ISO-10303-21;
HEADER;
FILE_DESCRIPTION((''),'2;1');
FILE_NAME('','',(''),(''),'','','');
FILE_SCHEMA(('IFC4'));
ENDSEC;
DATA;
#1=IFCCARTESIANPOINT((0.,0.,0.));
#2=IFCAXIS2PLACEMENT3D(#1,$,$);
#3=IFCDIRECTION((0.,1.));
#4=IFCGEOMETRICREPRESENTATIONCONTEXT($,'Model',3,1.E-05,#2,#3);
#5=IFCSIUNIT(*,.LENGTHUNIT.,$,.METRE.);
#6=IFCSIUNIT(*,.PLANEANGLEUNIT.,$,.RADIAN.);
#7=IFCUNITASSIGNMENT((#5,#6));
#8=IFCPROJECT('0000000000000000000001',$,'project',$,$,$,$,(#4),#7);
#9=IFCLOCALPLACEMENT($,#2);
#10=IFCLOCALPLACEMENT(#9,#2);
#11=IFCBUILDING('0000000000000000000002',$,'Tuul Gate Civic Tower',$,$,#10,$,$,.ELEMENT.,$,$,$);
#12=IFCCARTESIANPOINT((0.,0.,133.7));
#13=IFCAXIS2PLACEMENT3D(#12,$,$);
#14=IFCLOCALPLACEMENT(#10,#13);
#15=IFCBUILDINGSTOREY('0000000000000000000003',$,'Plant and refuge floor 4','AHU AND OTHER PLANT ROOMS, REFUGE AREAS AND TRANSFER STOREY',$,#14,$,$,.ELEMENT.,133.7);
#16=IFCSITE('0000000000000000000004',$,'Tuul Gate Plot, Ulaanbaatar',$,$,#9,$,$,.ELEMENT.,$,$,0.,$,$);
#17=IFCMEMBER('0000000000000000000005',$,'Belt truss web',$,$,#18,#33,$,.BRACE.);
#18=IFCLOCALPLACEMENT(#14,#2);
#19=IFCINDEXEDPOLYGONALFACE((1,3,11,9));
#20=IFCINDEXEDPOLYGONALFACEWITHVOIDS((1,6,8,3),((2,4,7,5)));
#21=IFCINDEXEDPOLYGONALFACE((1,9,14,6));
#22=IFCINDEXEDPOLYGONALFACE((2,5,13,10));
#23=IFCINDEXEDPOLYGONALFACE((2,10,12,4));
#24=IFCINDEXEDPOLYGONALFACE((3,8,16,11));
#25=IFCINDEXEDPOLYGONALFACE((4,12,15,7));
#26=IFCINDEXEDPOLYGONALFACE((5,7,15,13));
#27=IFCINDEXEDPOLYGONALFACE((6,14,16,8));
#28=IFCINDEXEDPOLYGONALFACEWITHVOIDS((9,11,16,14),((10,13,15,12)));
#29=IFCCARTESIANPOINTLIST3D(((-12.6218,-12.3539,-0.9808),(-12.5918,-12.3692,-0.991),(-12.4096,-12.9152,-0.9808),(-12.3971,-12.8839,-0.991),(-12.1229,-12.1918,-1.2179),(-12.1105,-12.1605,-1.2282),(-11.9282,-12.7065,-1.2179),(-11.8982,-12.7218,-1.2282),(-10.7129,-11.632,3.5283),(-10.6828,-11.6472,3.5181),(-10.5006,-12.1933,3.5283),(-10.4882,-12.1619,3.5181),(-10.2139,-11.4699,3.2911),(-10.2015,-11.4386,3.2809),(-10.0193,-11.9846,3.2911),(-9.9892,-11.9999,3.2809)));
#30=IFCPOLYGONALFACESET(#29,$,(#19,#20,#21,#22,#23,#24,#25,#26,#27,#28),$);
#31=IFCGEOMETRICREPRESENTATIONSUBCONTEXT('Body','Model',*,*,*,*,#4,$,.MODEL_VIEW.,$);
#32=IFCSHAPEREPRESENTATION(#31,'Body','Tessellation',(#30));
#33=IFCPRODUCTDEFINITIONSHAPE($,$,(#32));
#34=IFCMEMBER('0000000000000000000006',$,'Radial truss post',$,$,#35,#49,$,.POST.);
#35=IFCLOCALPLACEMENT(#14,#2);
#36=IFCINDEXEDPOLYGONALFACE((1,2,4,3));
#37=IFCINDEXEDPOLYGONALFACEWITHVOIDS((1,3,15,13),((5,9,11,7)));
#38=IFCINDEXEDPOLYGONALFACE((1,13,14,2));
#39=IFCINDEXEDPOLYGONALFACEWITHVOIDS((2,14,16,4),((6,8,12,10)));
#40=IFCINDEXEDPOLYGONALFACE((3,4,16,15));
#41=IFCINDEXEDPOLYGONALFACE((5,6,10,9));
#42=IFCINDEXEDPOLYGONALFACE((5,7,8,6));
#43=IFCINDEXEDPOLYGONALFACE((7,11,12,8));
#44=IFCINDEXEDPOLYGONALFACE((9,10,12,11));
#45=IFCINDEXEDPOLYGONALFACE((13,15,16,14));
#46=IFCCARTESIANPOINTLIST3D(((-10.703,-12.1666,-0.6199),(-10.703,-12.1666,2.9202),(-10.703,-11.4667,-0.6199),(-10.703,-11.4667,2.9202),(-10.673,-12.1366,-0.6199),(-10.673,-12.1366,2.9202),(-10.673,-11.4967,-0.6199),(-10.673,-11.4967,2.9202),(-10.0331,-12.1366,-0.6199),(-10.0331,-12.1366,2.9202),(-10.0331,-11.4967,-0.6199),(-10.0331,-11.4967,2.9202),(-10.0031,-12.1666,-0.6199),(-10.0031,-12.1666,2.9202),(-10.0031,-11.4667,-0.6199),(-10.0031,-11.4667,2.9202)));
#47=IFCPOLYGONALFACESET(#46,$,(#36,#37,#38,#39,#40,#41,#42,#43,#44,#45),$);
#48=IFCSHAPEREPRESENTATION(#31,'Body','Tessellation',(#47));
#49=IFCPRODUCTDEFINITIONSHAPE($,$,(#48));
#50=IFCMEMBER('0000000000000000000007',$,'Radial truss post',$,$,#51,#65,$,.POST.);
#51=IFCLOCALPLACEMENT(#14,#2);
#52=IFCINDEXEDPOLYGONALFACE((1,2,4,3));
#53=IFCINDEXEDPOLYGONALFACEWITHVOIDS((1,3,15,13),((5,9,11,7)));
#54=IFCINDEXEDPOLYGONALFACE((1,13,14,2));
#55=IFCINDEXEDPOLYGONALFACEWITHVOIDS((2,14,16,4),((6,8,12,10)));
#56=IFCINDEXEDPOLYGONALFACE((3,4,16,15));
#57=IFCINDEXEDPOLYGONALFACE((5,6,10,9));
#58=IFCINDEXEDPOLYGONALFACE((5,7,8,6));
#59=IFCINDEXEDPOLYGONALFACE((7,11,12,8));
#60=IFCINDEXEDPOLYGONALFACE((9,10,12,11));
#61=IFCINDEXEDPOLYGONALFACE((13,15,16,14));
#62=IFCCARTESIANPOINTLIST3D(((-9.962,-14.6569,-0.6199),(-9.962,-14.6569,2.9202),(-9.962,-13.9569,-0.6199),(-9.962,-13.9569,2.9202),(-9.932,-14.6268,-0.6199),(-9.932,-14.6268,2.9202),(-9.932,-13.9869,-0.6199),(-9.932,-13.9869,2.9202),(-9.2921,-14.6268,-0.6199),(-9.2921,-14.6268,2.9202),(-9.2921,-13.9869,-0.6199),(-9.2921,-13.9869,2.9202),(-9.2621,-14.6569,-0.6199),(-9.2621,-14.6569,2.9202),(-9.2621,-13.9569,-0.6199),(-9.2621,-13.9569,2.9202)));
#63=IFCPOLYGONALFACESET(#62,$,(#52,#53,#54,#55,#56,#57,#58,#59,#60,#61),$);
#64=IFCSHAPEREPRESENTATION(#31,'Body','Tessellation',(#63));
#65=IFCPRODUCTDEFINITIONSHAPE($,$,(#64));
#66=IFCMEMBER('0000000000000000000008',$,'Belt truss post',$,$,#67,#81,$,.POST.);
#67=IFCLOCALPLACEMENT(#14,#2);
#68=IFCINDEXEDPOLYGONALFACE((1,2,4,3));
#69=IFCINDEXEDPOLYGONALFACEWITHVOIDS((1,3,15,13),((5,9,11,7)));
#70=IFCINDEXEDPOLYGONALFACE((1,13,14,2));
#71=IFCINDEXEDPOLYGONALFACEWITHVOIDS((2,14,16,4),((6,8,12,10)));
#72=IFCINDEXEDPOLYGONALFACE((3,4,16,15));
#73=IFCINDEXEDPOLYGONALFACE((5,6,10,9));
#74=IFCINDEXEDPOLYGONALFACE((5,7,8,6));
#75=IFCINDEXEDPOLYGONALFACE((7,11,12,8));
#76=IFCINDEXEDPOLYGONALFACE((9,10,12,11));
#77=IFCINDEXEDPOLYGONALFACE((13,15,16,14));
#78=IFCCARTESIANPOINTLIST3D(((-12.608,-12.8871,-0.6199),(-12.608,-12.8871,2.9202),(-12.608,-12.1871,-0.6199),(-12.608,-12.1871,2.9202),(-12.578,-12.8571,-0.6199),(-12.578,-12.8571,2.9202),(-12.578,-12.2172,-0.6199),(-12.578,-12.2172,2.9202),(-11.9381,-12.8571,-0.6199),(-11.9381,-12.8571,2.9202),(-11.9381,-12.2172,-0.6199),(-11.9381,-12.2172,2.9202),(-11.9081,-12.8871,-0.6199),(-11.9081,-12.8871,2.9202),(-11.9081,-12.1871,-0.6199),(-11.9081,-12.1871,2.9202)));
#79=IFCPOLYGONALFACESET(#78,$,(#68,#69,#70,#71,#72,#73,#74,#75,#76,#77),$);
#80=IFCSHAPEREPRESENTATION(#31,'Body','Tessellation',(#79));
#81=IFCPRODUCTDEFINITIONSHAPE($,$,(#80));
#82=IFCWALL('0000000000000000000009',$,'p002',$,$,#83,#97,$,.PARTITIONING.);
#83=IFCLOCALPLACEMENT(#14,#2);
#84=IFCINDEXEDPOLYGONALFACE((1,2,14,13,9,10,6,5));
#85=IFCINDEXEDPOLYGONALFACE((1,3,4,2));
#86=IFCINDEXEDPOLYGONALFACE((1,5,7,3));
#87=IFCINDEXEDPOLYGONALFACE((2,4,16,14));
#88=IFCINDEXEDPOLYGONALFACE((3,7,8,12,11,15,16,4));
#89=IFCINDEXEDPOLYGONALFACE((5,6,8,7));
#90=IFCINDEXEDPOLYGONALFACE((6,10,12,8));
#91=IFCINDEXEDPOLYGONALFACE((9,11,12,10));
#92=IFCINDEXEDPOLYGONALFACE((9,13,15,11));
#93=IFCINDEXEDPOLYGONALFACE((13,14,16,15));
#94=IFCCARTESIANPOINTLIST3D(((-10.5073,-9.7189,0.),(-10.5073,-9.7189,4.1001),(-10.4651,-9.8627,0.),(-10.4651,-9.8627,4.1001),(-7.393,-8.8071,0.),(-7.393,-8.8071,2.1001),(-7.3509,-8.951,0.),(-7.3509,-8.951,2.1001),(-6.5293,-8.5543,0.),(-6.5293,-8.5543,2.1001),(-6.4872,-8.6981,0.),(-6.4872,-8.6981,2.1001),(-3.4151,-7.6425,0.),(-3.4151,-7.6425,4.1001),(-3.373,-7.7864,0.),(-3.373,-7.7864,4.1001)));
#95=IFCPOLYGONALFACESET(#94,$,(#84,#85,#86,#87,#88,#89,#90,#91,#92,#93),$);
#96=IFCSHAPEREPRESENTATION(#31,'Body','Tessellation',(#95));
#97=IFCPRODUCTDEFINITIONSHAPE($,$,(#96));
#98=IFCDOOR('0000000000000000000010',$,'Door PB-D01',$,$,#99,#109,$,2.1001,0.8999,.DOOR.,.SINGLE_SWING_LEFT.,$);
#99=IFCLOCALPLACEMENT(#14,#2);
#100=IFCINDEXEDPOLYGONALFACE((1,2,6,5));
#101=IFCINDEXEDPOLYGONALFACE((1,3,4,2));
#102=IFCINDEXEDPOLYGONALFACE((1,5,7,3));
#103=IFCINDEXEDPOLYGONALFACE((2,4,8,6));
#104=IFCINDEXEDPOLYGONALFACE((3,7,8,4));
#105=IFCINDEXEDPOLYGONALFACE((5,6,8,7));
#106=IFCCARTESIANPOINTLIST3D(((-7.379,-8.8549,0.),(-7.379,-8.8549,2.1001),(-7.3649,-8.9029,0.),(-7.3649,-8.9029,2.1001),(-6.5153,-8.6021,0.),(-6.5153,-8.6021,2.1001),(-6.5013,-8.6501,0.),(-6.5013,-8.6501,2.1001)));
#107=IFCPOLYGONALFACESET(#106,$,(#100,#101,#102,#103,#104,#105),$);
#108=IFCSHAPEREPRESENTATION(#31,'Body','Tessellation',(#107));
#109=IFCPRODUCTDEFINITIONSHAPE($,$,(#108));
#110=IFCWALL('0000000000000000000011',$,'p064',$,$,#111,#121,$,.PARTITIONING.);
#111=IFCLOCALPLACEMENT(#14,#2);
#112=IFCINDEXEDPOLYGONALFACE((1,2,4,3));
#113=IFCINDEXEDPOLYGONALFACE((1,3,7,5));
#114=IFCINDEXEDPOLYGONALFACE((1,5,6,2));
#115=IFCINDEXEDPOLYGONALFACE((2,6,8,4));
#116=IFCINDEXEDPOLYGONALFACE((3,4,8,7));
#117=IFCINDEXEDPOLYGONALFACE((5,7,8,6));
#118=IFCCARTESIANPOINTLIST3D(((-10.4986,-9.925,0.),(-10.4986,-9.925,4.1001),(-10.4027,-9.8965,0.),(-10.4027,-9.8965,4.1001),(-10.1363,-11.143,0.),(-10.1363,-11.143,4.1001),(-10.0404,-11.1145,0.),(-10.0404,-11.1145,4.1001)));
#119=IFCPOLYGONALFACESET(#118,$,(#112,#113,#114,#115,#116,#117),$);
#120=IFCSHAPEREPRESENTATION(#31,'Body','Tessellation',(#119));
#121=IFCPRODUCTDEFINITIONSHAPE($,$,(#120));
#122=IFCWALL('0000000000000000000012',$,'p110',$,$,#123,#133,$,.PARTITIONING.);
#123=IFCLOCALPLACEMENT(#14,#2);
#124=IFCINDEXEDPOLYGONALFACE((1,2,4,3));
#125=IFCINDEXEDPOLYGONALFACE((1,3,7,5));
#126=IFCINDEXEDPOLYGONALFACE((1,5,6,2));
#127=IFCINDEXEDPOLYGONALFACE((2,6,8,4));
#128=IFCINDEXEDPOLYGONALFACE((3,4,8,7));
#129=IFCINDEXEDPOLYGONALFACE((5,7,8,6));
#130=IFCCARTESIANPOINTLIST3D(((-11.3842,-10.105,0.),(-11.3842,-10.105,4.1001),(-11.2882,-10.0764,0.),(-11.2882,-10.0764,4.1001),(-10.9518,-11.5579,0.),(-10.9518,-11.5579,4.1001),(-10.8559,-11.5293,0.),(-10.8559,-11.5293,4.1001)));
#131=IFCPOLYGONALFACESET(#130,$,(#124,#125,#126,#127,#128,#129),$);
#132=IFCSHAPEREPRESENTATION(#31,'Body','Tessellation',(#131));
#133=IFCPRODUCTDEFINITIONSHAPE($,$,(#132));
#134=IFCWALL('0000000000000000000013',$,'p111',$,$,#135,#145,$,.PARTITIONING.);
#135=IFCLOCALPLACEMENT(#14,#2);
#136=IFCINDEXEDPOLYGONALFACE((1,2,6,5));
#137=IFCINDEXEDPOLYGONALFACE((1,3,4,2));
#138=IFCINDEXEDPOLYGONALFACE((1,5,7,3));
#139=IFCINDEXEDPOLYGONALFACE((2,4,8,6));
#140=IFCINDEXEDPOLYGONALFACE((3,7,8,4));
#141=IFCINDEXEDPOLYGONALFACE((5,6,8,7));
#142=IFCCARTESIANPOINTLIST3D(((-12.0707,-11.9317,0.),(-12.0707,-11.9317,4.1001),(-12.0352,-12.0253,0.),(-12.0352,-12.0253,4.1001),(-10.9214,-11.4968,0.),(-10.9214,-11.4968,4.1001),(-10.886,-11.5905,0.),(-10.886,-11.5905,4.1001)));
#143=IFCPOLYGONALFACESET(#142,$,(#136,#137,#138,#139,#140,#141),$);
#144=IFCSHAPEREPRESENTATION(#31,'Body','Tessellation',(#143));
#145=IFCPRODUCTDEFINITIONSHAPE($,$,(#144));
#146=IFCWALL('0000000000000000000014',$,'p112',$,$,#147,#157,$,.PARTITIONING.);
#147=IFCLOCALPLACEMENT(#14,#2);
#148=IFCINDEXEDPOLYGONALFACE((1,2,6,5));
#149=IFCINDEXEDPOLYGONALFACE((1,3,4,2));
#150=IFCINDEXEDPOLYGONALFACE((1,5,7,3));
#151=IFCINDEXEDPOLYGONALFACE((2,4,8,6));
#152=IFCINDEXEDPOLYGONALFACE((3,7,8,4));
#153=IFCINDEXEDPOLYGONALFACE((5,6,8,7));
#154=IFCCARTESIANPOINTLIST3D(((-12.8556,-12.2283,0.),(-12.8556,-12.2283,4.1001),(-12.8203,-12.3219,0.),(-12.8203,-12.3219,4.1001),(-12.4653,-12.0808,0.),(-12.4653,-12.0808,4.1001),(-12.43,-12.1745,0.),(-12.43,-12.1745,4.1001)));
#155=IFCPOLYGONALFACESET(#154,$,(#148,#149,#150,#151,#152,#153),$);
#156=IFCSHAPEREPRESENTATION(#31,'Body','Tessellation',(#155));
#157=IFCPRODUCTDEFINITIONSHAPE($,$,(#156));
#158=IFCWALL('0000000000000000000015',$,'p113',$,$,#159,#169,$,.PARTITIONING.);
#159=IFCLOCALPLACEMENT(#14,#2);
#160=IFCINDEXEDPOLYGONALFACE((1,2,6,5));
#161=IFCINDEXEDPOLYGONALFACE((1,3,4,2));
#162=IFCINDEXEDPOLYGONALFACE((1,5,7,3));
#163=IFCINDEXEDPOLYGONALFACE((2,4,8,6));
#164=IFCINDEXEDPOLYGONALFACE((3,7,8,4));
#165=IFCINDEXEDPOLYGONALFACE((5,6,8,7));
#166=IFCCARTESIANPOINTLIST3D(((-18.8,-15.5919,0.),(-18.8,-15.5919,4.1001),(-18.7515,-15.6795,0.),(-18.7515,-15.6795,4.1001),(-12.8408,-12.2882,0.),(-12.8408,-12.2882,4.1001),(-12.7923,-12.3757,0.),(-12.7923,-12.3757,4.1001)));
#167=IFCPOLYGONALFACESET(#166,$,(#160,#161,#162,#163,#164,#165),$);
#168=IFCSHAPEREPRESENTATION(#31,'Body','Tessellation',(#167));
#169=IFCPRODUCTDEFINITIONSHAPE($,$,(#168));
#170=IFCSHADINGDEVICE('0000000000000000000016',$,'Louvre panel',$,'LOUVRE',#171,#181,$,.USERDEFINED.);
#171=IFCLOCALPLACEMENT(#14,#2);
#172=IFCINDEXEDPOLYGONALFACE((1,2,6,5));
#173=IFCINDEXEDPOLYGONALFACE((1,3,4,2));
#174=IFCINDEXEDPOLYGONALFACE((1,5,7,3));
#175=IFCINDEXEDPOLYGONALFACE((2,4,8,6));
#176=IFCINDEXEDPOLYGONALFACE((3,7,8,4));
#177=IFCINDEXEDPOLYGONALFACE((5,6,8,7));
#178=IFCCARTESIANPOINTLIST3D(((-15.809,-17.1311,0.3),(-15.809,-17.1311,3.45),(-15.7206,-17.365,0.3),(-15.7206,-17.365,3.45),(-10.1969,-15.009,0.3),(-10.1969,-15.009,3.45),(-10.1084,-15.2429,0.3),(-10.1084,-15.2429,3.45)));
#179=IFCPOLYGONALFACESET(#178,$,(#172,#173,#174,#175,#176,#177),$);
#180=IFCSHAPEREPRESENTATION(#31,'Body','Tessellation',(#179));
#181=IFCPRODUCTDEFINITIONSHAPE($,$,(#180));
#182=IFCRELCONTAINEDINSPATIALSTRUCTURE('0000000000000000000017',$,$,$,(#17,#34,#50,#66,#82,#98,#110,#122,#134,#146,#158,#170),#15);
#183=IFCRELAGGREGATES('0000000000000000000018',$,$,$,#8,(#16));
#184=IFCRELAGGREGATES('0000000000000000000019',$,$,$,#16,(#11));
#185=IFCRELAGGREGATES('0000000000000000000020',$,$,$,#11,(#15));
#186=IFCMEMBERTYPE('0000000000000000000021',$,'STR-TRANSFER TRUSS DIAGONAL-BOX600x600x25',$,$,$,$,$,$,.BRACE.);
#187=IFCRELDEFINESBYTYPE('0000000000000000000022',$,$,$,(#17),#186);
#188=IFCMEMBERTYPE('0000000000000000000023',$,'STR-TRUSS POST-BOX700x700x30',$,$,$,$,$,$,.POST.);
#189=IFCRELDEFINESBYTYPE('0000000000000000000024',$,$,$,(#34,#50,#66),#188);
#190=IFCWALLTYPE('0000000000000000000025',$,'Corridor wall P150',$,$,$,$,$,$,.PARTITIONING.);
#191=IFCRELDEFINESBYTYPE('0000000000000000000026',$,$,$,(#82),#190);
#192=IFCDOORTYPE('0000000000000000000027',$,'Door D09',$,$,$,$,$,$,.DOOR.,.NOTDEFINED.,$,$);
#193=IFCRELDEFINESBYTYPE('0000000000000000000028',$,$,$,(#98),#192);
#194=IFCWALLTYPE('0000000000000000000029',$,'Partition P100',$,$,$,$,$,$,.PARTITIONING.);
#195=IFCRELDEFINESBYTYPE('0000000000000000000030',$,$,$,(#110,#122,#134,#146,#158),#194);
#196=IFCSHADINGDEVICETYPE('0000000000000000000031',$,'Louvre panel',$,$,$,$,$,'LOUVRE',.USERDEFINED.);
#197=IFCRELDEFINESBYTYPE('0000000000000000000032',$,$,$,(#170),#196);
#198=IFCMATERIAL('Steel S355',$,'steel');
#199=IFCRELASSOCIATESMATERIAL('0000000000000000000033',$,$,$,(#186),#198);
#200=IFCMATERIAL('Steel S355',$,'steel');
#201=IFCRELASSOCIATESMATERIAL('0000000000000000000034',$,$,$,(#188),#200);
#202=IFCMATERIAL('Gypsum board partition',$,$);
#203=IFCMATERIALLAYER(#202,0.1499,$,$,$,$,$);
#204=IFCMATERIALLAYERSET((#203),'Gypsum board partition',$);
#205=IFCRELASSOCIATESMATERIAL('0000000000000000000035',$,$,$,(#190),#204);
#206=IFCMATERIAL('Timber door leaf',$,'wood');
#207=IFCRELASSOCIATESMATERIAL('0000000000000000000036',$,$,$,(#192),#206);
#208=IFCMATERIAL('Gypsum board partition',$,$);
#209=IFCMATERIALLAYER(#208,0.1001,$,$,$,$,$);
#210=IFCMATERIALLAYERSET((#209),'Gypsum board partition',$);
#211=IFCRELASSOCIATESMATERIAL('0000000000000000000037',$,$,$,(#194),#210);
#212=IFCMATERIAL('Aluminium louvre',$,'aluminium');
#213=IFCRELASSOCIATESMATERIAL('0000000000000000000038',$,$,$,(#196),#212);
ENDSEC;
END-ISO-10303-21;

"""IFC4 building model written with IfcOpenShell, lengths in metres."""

from ifc_helpers import new_model, si_unit, direction, frame, frame_2d, origin, origin_2d, place, context, subcontext, project, spatial, rectangle, hollow_rectangle, extrude, material, layer, layer_set, material_profile, profile_set, type_object, element, fill, save


model = new_model("IFC4")

# Units and contexts
model_context = context("Model", 3, precision=1e-05, world=origin(), true_north=direction((0.0, 1.0)))
body_context = subcontext(model_context, "Body", "Model", "MODEL_VIEW")
ifc_project = project(units=[si_unit("LENGTHUNIT", "METRE"), si_unit("PLANEANGLEUNIT", "RADIAN")], contexts=[model_context])

# Site, building, storey
site_placement = place(None, origin())
site = spatial("IfcSite", under=ifc_project, at=site_placement, Name="Tuul Gate Plot, Ulaanbaatar", CompositionType="ELEMENT", RefElevation=0.0)
building_placement = place(site_placement, origin())
building = spatial("IfcBuilding", under=site, at=building_placement, Name="Tuul Gate Civic Tower", CompositionType="ELEMENT")
storey_placement = place(building_placement, frame((0.0, 0.0, 133.7)))
storey = spatial("IfcBuildingStorey", under=building, at=storey_placement, Name="Plant and refuge floor 4", Description="AHU AND OTHER PLANT ROOMS, REFUGE AREAS AND TRANSFER STOREY", CompositionType="ELEMENT", Elevation=133.7)

# Members
ifc_material_1 = material(Name="Steel S355", Category="steel")
ifc_material_profile_1 = material_profile(ifc_material_1, hollow_rectangle(XDim=0.6001, YDim=0.6001, WallThickness=0.0249, at=origin_2d()), Name="BOX600x600x25")
ifc_profile_set_1 = profile_set([ifc_material_profile_1], Name="Steel S355")
member_type_1 = type_object("IfcMemberType", Name="STR-TRANSFER TRUSS DIAGONAL-BOX600x600x25", PredefinedType="BRACE", material=ifc_profile_set_1)
member_1_placement = place(storey_placement, frame((-12.26, -12.5378, -1.1045), z_axis=(0.38569, 0.145861, 0.911026), x_axis=(-0.353731, 0.935347, 0.0)))
element("IfcMember", 1, at=member_1_placement, inside=storey, type_object=member_type_1, Name="Belt truss web", PredefinedType="BRACE", context=body_context, shape_type="SweptSolid", body=[
    extrude(hollow_rectangle(XDim=0.6001, YDim=0.6001, WallThickness=0.0249, at=origin_2d()), origin(), (0.0, 0.0, 1.0), 4.9495),
])
ifc_material_2 = material(Name="Steel S355", Category="steel")
ifc_material_profile_2 = material_profile(ifc_material_2, hollow_rectangle(XDim=0.7, YDim=0.7, WallThickness=0.03, at=origin_2d()), Name="BOX700x700x30")
ifc_profile_set_2 = profile_set([ifc_material_profile_2], Name="Steel S355")
member_type_2 = type_object("IfcMemberType", Name="STR-TRUSS POST-BOX700x700x30", PredefinedType="POST", material=ifc_profile_set_2)
for number, where, z_axis, x_axis, name in (
    (2, (-10.353, -11.8167, -0.6199), (0.0, 0.0, 1.0), (1.0, 0.0, 0.0), "Radial truss post"),
    (3, (-9.6121, -14.3069, -0.6199), (0.0, 0.0, 1.0), (1.0, 0.0, 0.0), "Radial truss post"),
    (4, (-12.2581, -12.5371, -0.6199), (0.0, 0.0, 1.0), (1.0, 0.0, 0.0), "Belt truss post"),
):
    element("IfcMember", number, at=place(storey_placement, frame(where, z_axis=z_axis, x_axis=x_axis)), inside=storey, type_object=member_type_2, Name=name, PredefinedType="POST", context=body_context, shape_type="SweptSolid", body=[
        extrude(hollow_rectangle(XDim=0.7, YDim=0.7, WallThickness=0.03, at=origin_2d()), origin(), (0.0, 0.0, 1.0), 3.54),
    ])

# Wall, opening, door
ifc_material_3 = material(Name="Gypsum board partition")
ifc_layer_1 = layer(ifc_material_3, 0.1499)
ifc_layer_set_1 = layer_set([ifc_layer_1], Name="Gypsum board partition")
wall_type_1 = type_object("IfcWallType", Name="Corridor wall P150", PredefinedType="PARTITIONING", material=ifc_layer_set_1)
wall_1_placement = place(storey_placement, frame((-10.4861, -9.7908, 0.0), z_axis=(0.0, 0.0, 1.0), x_axis=(0.959715, 0.280977, 0.0)))
wall_1 = element("IfcWall", 5, at=wall_1_placement, inside=storey, type_object=wall_type_1, Name="p002", PredefinedType="PARTITIONING", context=body_context, shape_type="SweptSolid", body=[
    extrude(rectangle(XDim=7.3899, YDim=0.1499, at=frame_2d((3.6948, 0.0))), origin(), (0.0, 0.0, 1.0), 4.1001),
])
opening_placement = place(wall_1_placement, frame((3.2449, 0.0, 0.0)))
opening = element("IfcOpeningElement", 6, at=opening_placement, cuts=wall_1, PredefinedType="OPENING", context=body_context, shape_type="SweptSolid", body=[
    extrude(rectangle(XDim=0.8999, YDim=2.1001, at=frame_2d((0.45, 1.05))), frame((0.0, 0.085, 0.0), z_axis=(0.0, -1.0, 0.0), x_axis=(1.0, 0.0, 0.0)), (0.0, 0.0, 1.0), 0.1699),
])
ifc_material_4 = material(Name="Timber door leaf", Category="wood")
door_type = type_object("IfcDoorType", Name="Door D09", OperationType="NOTDEFINED", PredefinedType="DOOR", material=ifc_material_4)
door_placement = place(opening_placement, frame((0.8999, 0.0, 0.0), z_axis=(0.0, 0.0, 1.0), x_axis=(-1.0, 0.0, 0.0)))
door = element("IfcDoor", 7, at=door_placement, inside=storey, type_object=door_type, Name="Door PB-D01", OperationType="SINGLE_SWING_LEFT", OverallHeight=2.1001, OverallWidth=0.8999, PredefinedType="DOOR", context=body_context, shape_type="SweptSolid", body=[
    extrude(rectangle(XDim=0.8999, YDim=2.1001, at=frame_2d((0.45, 1.05))), frame((0.0, 0.0249, 0.0), z_axis=(0.0, -1.0, 0.0), x_axis=(1.0, 0.0, 0.0)), (0.0, 0.0, 1.0), 0.05),
])
fill(opening, door)

# Walls
ifc_material_5 = material(Name="Gypsum board partition")
ifc_layer_2 = layer(ifc_material_5, 0.1001)
ifc_layer_set_2 = layer_set([ifc_layer_2], Name="Gypsum board partition")
wall_type_2 = type_object("IfcWallType", Name="Partition P100", PredefinedType="PARTITIONING", material=ifc_layer_set_2)
wall_2_placement = place(storey_placement, frame((-10.0884, -11.1287, 0.0), z_axis=(0.0, 0.0, 1.0), x_axis=(-0.285109, 0.958495, 0.0)))
element("IfcWall", 8, at=wall_2_placement, inside=storey, type_object=wall_type_2, Name="p064", PredefinedType="PARTITIONING", context=body_context, shape_type="SweptSolid", body=[
    extrude(rectangle(XDim=1.2708, YDim=0.1001, at=frame_2d((0.6353, 0.0))), origin(), (0.0, 0.0, 1.0), 4.1001),
])
wall_3_placement = place(storey_placement, frame((-11.3362, -10.0908, 0.0), z_axis=(0.0, 0.0, 1.0), x_axis=(0.285234, -0.958458, 0.0)))
element("IfcWall", 9, at=wall_3_placement, inside=storey, type_object=wall_type_2, Name="p110", PredefinedType="PARTITIONING", context=body_context, shape_type="SweptSolid", body=[
    extrude(rectangle(XDim=1.5159, YDim=0.1001, at=frame_2d((0.7578, 0.0))), origin(), (0.0, 0.0, 1.0), 4.1001),
])
wall_4_placement = place(storey_placement, frame((-10.9038, -11.5437, 0.0), z_axis=(0.0, 0.0, 1.0), x_axis=(-0.935288, -0.353887, 0.0)))
element("IfcWall", 10, at=wall_4_placement, inside=storey, type_object=wall_type_2, Name="p111", PredefinedType="PARTITIONING", context=body_context, shape_type="SweptSolid", body=[
    extrude(rectangle(XDim=1.2288, YDim=0.1001, at=frame_2d((0.6143, 0.0))), origin(), (0.0, 0.0, 1.0), 4.1001),
])
wall_5_placement = place(storey_placement, frame((-12.4478, -12.1277, 0.0), z_axis=(0.0, 0.0, 1.0), x_axis=(-0.935485, -0.353366, 0.0)))
element("IfcWall", 11, at=wall_5_placement, inside=storey, type_object=wall_type_2, Name="p112", PredefinedType="PARTITIONING", context=body_context, shape_type="SweptSolid", body=[
    extrude(rectangle(XDim=0.4172, YDim=0.1001, at=frame_2d((0.2085, 0.0))), origin(), (0.0, 0.0, 1.0), 4.1001),
])
wall_6_placement = place(storey_placement, frame((-12.8167, -12.332, 0.0), z_axis=(0.0, 0.0, 1.0), x_axis=(-0.874591, -0.484861, 0.0)))
element("IfcWall", 12, at=wall_6_placement, inside=storey, type_object=wall_type_2, Name="p113", PredefinedType="PARTITIONING", context=body_context, shape_type="SweptSolid", body=[
    extrude(rectangle(XDim=6.8137, YDim=0.1001, at=frame_2d((3.4067, 0.0))), origin(), (0.0, 0.0, 1.0), 4.1001),
])

# Shading device
ifc_material_6 = material(Name="Aluminium louvre", Category="aluminium")
shading_device_type = type_object("IfcShadingDeviceType", Name="Louvre panel", ElementType="LOUVRE", PredefinedType="USERDEFINED", material=ifc_material_6)
shading_device_placement = place(storey_placement, frame((-12.9587, -16.187, 0.3), z_axis=(0.0, 0.0, 1.0), x_axis=(0.353685, -0.935365, 0.0)))
element("IfcShadingDevice", 13, at=shading_device_placement, inside=storey, type_object=shading_device_type, Name="Louvre panel", ObjectType="LOUVRE", PredefinedType="USERDEFINED", context=body_context, shape_type="SweptSolid", body=[
    extrude(rectangle(XDim=0.25, YDim=6.0, at=origin_2d()), origin(), (0.0, 0.0, 1.0), 3.1499),
])

save(model, "model.ifc")
